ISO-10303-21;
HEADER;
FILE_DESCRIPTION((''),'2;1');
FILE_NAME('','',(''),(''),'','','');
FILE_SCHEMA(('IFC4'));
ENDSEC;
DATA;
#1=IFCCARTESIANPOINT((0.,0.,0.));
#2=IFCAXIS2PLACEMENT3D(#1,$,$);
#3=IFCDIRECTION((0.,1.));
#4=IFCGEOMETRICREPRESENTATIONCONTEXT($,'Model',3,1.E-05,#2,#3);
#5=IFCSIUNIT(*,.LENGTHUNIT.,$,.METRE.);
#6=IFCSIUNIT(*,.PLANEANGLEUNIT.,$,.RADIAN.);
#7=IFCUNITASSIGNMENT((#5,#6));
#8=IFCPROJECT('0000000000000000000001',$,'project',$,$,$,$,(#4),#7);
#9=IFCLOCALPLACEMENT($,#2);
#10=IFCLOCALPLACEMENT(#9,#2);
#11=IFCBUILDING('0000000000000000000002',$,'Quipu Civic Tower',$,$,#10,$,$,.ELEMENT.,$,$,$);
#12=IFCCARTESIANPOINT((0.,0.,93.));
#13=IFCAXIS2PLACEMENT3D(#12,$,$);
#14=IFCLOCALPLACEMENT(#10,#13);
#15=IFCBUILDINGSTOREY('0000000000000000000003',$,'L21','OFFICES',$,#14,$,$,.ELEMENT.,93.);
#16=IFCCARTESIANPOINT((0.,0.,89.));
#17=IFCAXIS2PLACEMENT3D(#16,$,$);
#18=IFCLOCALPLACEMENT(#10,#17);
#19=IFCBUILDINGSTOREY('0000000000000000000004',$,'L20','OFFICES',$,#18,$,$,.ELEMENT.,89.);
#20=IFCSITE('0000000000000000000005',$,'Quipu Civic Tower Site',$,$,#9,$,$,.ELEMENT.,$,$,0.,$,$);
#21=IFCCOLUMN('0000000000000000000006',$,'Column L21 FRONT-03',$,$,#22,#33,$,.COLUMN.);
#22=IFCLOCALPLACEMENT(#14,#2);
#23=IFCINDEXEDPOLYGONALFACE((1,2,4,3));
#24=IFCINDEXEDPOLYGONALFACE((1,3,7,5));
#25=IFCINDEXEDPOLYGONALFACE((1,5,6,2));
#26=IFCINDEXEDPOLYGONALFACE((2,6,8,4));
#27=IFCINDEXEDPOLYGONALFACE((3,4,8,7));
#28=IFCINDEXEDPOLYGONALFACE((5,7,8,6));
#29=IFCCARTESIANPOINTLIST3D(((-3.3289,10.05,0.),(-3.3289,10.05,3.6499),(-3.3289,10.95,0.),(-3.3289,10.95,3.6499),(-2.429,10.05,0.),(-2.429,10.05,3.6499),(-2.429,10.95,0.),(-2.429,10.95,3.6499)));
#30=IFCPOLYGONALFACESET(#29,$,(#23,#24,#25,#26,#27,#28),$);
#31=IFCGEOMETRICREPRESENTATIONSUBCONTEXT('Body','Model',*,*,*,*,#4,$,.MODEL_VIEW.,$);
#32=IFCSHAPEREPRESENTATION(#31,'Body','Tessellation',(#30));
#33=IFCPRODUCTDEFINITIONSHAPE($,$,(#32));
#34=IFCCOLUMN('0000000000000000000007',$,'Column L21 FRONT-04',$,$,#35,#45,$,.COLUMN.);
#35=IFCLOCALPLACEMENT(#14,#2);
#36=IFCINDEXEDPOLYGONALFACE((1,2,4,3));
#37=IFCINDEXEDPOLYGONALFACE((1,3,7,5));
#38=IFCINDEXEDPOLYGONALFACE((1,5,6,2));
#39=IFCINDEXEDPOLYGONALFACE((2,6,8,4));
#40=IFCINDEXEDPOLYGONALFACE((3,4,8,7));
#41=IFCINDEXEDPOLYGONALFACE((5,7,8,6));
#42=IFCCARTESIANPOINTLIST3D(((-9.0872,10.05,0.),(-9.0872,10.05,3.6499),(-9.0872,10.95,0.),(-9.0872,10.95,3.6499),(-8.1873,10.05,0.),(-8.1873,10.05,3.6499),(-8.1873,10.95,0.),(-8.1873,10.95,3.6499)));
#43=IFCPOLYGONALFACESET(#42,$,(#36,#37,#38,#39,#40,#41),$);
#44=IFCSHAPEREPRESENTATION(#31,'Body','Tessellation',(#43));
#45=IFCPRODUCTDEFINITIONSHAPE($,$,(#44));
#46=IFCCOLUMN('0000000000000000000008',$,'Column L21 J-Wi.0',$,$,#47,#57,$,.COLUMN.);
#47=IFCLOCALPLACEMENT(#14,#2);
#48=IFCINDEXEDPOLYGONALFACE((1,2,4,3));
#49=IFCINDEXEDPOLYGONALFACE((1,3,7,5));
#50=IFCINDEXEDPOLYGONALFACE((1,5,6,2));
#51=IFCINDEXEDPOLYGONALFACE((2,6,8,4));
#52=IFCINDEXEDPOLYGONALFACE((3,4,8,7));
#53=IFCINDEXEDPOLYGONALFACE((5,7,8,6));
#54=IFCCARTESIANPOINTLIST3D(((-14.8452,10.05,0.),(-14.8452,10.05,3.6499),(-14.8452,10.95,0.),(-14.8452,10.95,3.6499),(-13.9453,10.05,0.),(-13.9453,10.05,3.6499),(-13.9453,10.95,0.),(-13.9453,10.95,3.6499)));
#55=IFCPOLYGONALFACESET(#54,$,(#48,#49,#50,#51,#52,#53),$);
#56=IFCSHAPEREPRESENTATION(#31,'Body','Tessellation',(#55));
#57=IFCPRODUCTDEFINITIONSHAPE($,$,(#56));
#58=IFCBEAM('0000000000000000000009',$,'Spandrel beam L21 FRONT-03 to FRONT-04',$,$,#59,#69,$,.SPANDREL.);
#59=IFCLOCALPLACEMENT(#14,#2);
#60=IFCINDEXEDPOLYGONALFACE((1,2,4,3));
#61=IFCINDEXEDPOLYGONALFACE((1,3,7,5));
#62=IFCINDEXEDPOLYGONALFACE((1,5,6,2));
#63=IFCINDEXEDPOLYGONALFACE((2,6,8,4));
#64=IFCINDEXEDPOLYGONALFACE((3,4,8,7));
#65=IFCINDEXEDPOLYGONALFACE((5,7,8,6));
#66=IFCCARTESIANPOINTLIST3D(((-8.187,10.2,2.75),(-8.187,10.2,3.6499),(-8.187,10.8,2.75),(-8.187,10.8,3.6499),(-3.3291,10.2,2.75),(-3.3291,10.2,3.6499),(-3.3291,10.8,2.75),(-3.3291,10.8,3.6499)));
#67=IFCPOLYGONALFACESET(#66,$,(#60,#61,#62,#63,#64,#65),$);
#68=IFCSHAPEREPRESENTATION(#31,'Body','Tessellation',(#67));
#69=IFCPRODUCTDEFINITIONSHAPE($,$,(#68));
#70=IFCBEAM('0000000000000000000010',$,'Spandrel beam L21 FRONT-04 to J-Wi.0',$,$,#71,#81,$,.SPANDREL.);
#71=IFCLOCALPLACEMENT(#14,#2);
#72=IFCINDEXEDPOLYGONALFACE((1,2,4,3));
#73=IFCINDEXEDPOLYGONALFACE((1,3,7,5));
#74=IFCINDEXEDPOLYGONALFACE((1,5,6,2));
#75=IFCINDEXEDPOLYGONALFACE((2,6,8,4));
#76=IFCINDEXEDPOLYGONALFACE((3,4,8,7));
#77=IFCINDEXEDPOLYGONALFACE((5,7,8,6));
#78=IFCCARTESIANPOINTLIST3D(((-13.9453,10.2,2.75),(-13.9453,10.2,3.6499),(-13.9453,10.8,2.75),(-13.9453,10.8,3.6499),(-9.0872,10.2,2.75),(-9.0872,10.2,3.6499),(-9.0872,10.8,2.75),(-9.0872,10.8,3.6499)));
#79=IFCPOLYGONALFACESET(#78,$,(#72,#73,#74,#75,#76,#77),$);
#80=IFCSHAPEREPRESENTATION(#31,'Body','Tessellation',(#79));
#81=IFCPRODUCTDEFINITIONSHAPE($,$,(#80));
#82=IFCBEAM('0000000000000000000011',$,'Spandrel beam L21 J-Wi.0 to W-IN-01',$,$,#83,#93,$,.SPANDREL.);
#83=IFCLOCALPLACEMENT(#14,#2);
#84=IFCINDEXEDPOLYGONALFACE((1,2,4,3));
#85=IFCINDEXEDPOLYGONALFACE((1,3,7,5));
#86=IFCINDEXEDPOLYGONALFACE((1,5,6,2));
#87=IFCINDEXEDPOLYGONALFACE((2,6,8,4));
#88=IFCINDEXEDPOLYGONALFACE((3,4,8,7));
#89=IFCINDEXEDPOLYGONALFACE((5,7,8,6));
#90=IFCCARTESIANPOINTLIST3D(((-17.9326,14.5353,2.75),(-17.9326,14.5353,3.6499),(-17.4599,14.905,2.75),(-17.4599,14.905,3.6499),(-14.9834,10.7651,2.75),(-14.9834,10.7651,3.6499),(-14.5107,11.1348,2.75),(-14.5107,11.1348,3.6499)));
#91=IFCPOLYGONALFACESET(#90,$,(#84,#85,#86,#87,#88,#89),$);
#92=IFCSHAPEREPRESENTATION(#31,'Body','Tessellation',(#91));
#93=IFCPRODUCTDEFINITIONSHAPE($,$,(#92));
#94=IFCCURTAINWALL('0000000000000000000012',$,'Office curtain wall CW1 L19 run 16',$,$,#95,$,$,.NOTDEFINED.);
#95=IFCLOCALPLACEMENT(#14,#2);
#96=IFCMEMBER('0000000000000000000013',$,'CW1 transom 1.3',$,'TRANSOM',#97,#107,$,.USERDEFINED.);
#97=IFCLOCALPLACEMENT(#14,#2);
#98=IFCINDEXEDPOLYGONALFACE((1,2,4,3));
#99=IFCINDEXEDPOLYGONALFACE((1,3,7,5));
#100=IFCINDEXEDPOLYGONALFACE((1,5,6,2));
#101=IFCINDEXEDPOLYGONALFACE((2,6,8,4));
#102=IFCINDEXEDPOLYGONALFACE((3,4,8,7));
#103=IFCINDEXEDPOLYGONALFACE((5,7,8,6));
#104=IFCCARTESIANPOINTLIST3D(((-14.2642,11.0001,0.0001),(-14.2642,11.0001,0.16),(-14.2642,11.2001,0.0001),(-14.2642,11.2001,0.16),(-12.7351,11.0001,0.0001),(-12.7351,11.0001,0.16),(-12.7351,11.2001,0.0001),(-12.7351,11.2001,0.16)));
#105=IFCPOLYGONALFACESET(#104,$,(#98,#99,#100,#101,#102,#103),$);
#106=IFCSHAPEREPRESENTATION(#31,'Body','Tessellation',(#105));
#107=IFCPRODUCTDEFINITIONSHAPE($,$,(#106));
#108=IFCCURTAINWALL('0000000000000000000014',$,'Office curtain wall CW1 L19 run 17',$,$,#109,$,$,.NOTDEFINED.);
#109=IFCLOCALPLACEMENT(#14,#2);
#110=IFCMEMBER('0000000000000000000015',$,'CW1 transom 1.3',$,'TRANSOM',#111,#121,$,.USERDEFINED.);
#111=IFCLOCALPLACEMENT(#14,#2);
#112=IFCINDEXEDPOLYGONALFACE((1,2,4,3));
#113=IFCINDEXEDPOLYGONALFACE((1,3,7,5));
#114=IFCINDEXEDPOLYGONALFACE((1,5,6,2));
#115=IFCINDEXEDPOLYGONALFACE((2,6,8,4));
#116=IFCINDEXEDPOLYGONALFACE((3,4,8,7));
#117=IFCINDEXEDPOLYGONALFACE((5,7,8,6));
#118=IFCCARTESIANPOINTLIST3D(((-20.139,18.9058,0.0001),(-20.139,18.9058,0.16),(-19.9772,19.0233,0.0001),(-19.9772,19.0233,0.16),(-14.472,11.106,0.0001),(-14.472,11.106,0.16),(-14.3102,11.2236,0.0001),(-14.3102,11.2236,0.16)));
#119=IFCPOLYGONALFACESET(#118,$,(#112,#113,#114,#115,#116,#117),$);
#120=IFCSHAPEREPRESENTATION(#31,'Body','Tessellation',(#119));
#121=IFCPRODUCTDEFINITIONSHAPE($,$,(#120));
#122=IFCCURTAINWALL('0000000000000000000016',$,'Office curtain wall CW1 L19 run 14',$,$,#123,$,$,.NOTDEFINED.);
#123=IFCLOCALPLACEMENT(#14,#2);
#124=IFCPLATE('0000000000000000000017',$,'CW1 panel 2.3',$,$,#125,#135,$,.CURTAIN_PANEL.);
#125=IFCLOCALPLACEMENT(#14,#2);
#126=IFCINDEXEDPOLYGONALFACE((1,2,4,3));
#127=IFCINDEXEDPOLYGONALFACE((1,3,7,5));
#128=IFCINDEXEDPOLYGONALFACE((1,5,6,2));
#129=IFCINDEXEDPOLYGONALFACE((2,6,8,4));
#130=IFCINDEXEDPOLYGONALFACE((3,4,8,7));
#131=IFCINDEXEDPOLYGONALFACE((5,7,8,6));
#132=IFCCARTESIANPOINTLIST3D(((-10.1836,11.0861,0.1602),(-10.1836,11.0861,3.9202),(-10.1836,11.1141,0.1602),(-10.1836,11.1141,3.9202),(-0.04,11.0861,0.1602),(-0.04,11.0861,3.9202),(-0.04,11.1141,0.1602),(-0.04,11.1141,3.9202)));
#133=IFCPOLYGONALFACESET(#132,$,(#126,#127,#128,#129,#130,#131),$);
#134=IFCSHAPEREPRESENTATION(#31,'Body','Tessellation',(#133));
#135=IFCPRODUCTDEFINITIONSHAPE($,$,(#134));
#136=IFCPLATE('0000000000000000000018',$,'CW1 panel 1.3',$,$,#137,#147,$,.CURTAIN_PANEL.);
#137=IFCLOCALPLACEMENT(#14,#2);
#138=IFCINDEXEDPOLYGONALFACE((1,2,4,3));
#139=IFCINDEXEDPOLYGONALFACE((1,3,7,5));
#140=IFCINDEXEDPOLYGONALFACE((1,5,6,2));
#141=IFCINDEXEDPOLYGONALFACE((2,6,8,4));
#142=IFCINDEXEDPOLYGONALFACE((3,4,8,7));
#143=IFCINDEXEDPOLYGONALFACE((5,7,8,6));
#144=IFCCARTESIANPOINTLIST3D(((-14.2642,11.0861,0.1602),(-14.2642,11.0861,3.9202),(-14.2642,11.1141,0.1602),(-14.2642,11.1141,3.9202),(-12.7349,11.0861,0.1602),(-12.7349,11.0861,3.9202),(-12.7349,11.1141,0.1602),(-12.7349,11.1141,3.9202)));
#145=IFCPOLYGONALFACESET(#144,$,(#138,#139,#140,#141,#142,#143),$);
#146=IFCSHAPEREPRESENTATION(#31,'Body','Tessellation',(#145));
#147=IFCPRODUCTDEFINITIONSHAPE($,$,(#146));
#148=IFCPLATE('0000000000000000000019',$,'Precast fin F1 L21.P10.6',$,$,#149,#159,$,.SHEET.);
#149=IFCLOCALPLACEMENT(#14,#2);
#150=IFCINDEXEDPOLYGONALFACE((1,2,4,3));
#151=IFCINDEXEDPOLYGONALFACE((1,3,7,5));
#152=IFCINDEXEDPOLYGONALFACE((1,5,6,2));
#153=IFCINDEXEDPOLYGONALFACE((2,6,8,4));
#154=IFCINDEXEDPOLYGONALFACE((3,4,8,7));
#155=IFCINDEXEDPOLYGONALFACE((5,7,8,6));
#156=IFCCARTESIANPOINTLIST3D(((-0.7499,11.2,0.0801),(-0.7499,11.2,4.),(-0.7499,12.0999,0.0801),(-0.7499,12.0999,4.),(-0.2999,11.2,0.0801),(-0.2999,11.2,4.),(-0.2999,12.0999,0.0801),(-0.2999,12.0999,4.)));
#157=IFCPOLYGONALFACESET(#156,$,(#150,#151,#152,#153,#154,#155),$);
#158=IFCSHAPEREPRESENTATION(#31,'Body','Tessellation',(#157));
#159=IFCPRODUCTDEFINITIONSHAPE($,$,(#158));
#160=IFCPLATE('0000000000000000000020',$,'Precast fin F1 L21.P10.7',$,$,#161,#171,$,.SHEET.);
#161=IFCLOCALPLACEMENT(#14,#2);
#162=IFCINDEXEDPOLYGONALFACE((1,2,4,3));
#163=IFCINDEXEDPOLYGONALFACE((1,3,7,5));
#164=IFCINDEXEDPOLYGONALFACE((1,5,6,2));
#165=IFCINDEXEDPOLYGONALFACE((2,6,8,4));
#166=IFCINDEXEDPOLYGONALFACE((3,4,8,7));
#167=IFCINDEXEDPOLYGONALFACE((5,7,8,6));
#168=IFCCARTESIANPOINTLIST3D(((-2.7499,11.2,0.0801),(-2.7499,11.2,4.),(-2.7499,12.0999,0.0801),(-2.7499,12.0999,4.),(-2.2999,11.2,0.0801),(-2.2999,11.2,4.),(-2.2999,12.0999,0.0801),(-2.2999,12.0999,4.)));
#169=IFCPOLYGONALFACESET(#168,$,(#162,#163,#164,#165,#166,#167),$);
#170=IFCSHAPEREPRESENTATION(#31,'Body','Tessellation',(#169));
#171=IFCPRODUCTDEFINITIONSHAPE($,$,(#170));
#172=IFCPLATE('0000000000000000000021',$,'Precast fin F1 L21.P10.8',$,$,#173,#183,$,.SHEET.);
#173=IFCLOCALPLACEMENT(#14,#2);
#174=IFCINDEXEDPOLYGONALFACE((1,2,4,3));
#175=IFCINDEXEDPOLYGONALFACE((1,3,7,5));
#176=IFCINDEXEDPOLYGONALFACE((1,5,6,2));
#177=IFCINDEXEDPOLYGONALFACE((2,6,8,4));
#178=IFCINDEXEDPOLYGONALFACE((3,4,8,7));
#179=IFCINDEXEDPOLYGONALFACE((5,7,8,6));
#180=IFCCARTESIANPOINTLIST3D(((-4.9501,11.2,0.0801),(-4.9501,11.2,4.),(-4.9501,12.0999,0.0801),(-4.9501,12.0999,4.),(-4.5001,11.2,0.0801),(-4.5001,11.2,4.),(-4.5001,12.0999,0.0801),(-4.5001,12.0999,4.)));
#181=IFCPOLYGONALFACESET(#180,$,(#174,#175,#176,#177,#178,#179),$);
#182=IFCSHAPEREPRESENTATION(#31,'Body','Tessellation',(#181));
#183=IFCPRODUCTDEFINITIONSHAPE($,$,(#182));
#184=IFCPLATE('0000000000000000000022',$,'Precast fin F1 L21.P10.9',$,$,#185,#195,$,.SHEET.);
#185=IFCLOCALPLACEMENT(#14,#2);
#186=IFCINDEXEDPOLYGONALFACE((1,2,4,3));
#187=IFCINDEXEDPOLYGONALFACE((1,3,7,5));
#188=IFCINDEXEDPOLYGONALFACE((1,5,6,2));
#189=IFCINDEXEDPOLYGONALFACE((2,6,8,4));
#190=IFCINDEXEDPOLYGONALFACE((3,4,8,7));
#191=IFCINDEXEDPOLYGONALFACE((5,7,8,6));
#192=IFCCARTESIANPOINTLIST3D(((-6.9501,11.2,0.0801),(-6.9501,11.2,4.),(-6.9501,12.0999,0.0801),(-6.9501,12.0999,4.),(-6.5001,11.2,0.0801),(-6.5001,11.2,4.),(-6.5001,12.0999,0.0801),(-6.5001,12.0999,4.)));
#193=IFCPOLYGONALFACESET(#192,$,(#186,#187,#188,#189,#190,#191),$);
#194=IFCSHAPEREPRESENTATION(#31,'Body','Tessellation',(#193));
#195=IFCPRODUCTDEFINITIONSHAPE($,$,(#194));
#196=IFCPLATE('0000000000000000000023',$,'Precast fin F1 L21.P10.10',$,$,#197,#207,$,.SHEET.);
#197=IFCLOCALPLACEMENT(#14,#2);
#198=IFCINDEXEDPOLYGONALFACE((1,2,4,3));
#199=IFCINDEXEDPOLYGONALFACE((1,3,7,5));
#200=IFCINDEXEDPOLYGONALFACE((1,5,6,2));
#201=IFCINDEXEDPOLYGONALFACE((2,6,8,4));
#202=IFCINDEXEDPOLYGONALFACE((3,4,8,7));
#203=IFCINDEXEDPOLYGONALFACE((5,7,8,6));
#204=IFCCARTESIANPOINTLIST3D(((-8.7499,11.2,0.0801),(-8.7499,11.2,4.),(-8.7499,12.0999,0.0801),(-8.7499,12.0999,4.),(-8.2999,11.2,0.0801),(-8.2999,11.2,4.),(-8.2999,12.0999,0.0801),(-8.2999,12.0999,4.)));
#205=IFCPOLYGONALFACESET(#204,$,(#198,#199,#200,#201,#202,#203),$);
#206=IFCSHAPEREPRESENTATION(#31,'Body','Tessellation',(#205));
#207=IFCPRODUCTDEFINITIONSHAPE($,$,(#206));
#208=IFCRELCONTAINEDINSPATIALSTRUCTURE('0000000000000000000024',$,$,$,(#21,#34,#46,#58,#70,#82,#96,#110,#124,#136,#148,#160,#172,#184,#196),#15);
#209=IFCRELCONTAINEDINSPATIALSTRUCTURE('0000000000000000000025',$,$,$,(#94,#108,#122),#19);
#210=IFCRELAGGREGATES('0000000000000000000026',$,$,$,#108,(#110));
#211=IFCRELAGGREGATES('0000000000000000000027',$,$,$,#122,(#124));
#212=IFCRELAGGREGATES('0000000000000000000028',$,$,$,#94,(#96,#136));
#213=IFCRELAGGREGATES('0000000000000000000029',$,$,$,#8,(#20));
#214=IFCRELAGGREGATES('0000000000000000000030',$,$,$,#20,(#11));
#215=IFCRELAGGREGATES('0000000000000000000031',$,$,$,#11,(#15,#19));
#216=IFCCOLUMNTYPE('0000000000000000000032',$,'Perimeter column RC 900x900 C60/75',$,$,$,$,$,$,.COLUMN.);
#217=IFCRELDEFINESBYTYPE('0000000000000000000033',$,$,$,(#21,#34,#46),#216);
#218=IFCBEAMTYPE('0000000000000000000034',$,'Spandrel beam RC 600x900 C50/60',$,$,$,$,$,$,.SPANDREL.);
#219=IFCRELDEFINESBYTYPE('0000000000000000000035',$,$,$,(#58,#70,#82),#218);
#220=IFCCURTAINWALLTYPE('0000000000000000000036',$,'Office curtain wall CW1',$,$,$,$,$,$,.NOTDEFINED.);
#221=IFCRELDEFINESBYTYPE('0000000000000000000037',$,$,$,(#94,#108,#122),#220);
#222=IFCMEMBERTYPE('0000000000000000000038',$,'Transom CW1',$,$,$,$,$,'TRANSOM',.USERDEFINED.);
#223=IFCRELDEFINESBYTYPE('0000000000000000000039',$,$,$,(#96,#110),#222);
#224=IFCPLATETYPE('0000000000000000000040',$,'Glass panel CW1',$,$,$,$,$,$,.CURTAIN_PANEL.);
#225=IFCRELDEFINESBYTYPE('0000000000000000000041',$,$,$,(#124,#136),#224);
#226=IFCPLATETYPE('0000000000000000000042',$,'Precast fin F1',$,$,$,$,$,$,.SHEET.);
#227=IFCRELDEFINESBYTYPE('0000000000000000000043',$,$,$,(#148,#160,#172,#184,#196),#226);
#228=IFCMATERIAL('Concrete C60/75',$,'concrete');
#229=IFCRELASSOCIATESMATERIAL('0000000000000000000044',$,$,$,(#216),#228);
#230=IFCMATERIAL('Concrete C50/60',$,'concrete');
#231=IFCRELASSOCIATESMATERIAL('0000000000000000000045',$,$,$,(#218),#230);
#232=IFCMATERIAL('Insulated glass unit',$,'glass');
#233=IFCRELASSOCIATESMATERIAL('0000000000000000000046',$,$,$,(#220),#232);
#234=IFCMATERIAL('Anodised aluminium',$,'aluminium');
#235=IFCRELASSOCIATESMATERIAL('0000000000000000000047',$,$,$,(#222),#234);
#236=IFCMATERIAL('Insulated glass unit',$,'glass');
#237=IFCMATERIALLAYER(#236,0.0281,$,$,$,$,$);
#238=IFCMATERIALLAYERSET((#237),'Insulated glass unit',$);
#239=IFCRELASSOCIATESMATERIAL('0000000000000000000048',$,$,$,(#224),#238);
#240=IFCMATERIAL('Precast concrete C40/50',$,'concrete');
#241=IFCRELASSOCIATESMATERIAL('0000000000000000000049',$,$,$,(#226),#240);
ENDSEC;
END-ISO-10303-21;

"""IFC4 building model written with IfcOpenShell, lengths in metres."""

from ifc_helpers import new_model, si_unit, direction, frame, origin, origin_2d, place, context, subcontext, project, spatial, rectangle, extrude, material, layer, layer_set, material_profile, profile_set, type_object, element, aggregate, save


model = new_model("IFC4")

# Units and contexts
model_context = context("Model", 3, precision=1e-05, world=origin(), true_north=direction((0.0, 1.0)))
body_context = subcontext(model_context, "Body", "Model", "MODEL_VIEW")
ifc_project = project(units=[si_unit("LENGTHUNIT", "METRE"), si_unit("PLANEANGLEUNIT", "RADIAN")], contexts=[model_context])

# Site, building, storey
site_placement = place(None, origin())
site = spatial("IfcSite", under=ifc_project, at=site_placement, Name="Quipu Civic Tower Site", CompositionType="ELEMENT", RefElevation=0.0)
building_placement = place(site_placement, origin())
building = spatial("IfcBuilding", under=site, at=building_placement, Name="Quipu Civic Tower", CompositionType="ELEMENT")
storey_1_placement = place(building_placement, frame((0.0, 0.0, 93.0)))
storey_1 = spatial("IfcBuildingStorey", under=building, at=storey_1_placement, Name="L21", Description="OFFICES", CompositionType="ELEMENT", Elevation=93.0)

# Columns
ifc_material_1 = material(Name="Concrete C60/75", Category="concrete")
ifc_material_profile_1 = material_profile(ifc_material_1, rectangle(XDim=0.8999, YDim=0.8999, at=origin_2d()), Name="RC900x900")
ifc_profile_set_1 = profile_set([ifc_material_profile_1], Name="Concrete C60/75")
column_type = type_object("IfcColumnType", Name="Perimeter column RC 900x900 C60/75", PredefinedType="COLUMN", material=ifc_profile_set_1)
for number, where, z_axis, x_axis, name in (
    (1, (-2.8789, 10.5, 0.0), (0.0, 0.0, 1.0), (-1.0, 0.0, 0.0), "Column L21 FRONT-03"),
    (2, (-8.6372, 10.5, 0.0), (0.0, 0.0, 1.0), (-1.0, 0.0, 0.0), "Column L21 FRONT-04"),
    (3, (-14.3953, 10.5, 0.0), (0.0, 0.0, 1.0), (-1.0, 0.0, 0.0), "Column L21 J-Wi.0"),
):
    element("IfcColumn", number, at=place(storey_1_placement, frame(where, z_axis=z_axis, x_axis=x_axis)), inside=storey_1, type_object=column_type, Name=name, PredefinedType="COLUMN", context=body_context, shape_type="SweptSolid", body=[
        extrude(rectangle(XDim=0.8999, YDim=0.8999, at=origin_2d()), origin(), (0.0, 0.0, 1.0), 3.6499),
    ])

# Beams
ifc_material_2 = material(Name="Concrete C50/60", Category="concrete")
ifc_material_profile_2 = material_profile(ifc_material_2, rectangle(XDim=0.6001, YDim=0.8999, at=origin_2d()), Name="RC600x900")
ifc_profile_set_2 = profile_set([ifc_material_profile_2], Name="Concrete C50/60")
beam_type = type_object("IfcBeamType", Name="Spandrel beam RC 600x900 C50/60", PredefinedType="SPANDREL", material=ifc_profile_set_2)
beam_1_placement = place(storey_1_placement, frame((-3.3291, 10.5, 3.2), z_axis=(-1.0, 0.0, 0.0), x_axis=(0.0, -1.0, 0.0)))
element("IfcBeam", 4, at=beam_1_placement, inside=storey_1, type_object=beam_type, Name="Spandrel beam L21 FRONT-03 to FRONT-04", PredefinedType="SPANDREL", context=body_context, shape_type="SweptSolid", body=[
    extrude(rectangle(XDim=0.6001, YDim=0.8999, at=origin_2d()), origin(), (0.0, 0.0, 1.0), 4.8579),
])
beam_2_placement = place(storey_1_placement, frame((-9.0872, 10.5, 3.2), z_axis=(-1.0, 0.0, 0.0), x_axis=(0.0, -1.0, 0.0)))
element("IfcBeam", 5, at=beam_2_placement, inside=storey_1, type_object=beam_type, Name="Spandrel beam L21 FRONT-04 to J-Wi.0", PredefinedType="SPANDREL", context=body_context, shape_type="SweptSolid", body=[
    extrude(rectangle(XDim=0.6001, YDim=0.8999, at=origin_2d()), origin(), (0.0, 0.0, 1.0), 4.8582),
])
beam_3_placement = place(storey_1_placement, frame((-14.7471, 10.95, 3.2), z_axis=(-0.616124, 0.787649, 0.0), x_axis=(-0.787649, -0.616124, 0.0)))
element("IfcBeam", 6, at=beam_3_placement, inside=storey_1, type_object=beam_type, Name="Spandrel beam L21 J-Wi.0 to W-IN-01", PredefinedType="SPANDREL", context=body_context, shape_type="SweptSolid", body=[
    extrude(rectangle(XDim=0.6001, YDim=0.8999, at=origin_2d()), origin(), (0.0, 0.0, 1.0), 4.7866),
])

# Shared definitions
storey_2_placement = place(building_placement, frame((0.0, 0.0, 89.0)))
storey_2 = spatial("IfcBuildingStorey", under=building, at=storey_2_placement, Name="L20", Description="OFFICES", CompositionType="ELEMENT", Elevation=89.0)

# Curtain walls, members
ifc_material_3 = material(Name="Insulated glass unit", Category="glass")
curtain_wall_type = type_object("IfcCurtainWallType", Name="Office curtain wall CW1", PredefinedType="NOTDEFINED", material=ifc_material_3)
curtain_wall_1_placement = place(storey_2_placement, origin())
curtain_wall_1 = element("IfcCurtainWall", 7, at=curtain_wall_1_placement, inside=storey_2, type_object=curtain_wall_type, Name="Office curtain wall CW1 L19 run 16", PredefinedType="NOTDEFINED")
ifc_material_4 = material(Name="Anodised aluminium", Category="aluminium")
ifc_material_profile_3 = material_profile(ifc_material_4, rectangle(XDim=0.2, YDim=0.1599, at=origin_2d()), Name="RECT 200x160")
ifc_profile_set_3 = profile_set([ifc_material_profile_3], Name="Anodised aluminium")
member_type = type_object("IfcMemberType", Name="Transom CW1", ElementType="TRANSOM", PredefinedType="USERDEFINED", material=ifc_profile_set_3)
member_1_placement = place(storey_1_placement, frame((-12.7351, 11.1001, 0.0801), z_axis=(-1.0, 0.0, 0.0), x_axis=(0.0, -1.0, 0.0)))
member_1 = element("IfcMember", 8, at=member_1_placement, inside=storey_1, type_object=member_type, Name="CW1 transom 1.3", ObjectType="TRANSOM", PredefinedType="USERDEFINED", context=body_context, shape_type="SweptSolid", body=[
    extrude(rectangle(XDim=0.2, YDim=0.1599, at=origin_2d()), origin(), (0.0, 0.0, 1.0), 1.5291),
])
curtain_wall_2_placement = place(storey_2_placement, origin())
curtain_wall_2 = element("IfcCurtainWall", 9, at=curtain_wall_2_placement, inside=storey_2, type_object=curtain_wall_type, Name="Office curtain wall CW1 L19 run 17", PredefinedType="NOTDEFINED")
member_2_placement = place(storey_1_placement, frame((-14.3911, 11.1648, 0.0801), z_axis=(-0.587792, 0.809012, 0.0), x_axis=(-0.809012, -0.587792, 0.0)))
member_2 = element("IfcMember", 10, at=member_2_placement, inside=storey_1, type_object=member_type, Name="CW1 transom 1.3", ObjectType="TRANSOM", PredefinedType="USERDEFINED", context=body_context, shape_type="SweptSolid", body=[
    extrude(rectangle(XDim=0.2, YDim=0.1599, at=origin_2d()), origin(), (0.0, 0.0, 1.0), 9.6411),
])
aggregate(curtain_wall_2, [member_2])

# Curtain wall, plate
curtain_wall_3_placement = place(storey_2_placement, origin())
curtain_wall_3 = element("IfcCurtainWall", 11, at=curtain_wall_3_placement, inside=storey_2, type_object=curtain_wall_type, Name="Office curtain wall CW1 L19 run 14", PredefinedType="NOTDEFINED")
ifc_material_5 = material(Name="Insulated glass unit", Category="glass")
ifc_layer_1 = layer(ifc_material_5, 0.0281)
ifc_layer_set_1 = layer_set([ifc_layer_1], Name="Insulated glass unit")
plate_type_1 = type_object("IfcPlateType", Name="Glass panel CW1", PredefinedType="CURTAIN_PANEL", material=ifc_layer_set_1)
plate_1_placement = place(storey_1_placement, frame((-5.1118, 11.1001, 0.1602), z_axis=(0.0, 0.0, 1.0), x_axis=(-1.0, 0.0, 0.0)))
plate_1 = element("IfcPlate", 12, at=plate_1_placement, inside=storey_1, type_object=plate_type_1, Name="CW1 panel 2.3", PredefinedType="CURTAIN_PANEL", context=body_context, shape_type="SweptSolid", body=[
    extrude(rectangle(XDim=10.1436, YDim=0.0281, at=origin_2d()), origin(), (0.0, 0.0, 1.0), 3.76),
])
aggregate(curtain_wall_3, [plate_1])

# Plate
plate_2_placement = place(storey_1_placement, frame((-13.4995, 11.1001, 0.1602), z_axis=(0.0, 0.0, 1.0), x_axis=(-1.0, 0.0, 0.0)))
plate_2 = element("IfcPlate", 13, at=plate_2_placement, inside=storey_1, type_object=plate_type_1, Name="CW1 panel 1.3", PredefinedType="CURTAIN_PANEL", context=body_context, shape_type="SweptSolid", body=[
    extrude(rectangle(XDim=1.5293, YDim=0.0281, at=origin_2d()), origin(), (0.0, 0.0, 1.0), 3.76),
])
aggregate(curtain_wall_1, [member_1, plate_2])

# Plates
ifc_material_6 = material(Name="Precast concrete C40/50", Category="concrete")
plate_type_2 = type_object("IfcPlateType", Name="Precast fin F1", PredefinedType="SHEET", material=ifc_material_6)
for number, where, z_axis, x_axis, name in (
    (14, (-0.5249, 11.6499, 0.0801), (0.0, 0.0, 1.0), (-1.0, 0.0, 0.0), "Precast fin F1 L21.P10.6"),
    (15, (-2.5249, 11.6499, 0.0801), (0.0, 0.0, 1.0), (-1.0, 0.0, 0.0), "Precast fin F1 L21.P10.7"),
    (16, (-4.7251, 11.6499, 0.0801), (0.0, 0.0, 1.0), (-1.0, 0.0, 0.0), "Precast fin F1 L21.P10.8"),
    (17, (-6.7251, 11.6499, 0.0801), (0.0, 0.0, 1.0), (-1.0, 0.0, 0.0), "Precast fin F1 L21.P10.9"),
    (18, (-8.5249, 11.6499, 0.0801), (0.0, 0.0, 1.0), (-1.0, 0.0, 0.0), "Precast fin F1 L21.P10.10"),
):
    element("IfcPlate", number, at=place(storey_1_placement, frame(where, z_axis=z_axis, x_axis=x_axis)), inside=storey_1, type_object=plate_type_2, Name=name, PredefinedType="SHEET", context=body_context, shape_type="SweptSolid", body=[
        extrude(rectangle(XDim=0.45, YDim=0.8999, at=origin_2d()), origin(), (0.0, 0.0, 1.0), 3.9199),
    ])

save(model, "model.ifc")
